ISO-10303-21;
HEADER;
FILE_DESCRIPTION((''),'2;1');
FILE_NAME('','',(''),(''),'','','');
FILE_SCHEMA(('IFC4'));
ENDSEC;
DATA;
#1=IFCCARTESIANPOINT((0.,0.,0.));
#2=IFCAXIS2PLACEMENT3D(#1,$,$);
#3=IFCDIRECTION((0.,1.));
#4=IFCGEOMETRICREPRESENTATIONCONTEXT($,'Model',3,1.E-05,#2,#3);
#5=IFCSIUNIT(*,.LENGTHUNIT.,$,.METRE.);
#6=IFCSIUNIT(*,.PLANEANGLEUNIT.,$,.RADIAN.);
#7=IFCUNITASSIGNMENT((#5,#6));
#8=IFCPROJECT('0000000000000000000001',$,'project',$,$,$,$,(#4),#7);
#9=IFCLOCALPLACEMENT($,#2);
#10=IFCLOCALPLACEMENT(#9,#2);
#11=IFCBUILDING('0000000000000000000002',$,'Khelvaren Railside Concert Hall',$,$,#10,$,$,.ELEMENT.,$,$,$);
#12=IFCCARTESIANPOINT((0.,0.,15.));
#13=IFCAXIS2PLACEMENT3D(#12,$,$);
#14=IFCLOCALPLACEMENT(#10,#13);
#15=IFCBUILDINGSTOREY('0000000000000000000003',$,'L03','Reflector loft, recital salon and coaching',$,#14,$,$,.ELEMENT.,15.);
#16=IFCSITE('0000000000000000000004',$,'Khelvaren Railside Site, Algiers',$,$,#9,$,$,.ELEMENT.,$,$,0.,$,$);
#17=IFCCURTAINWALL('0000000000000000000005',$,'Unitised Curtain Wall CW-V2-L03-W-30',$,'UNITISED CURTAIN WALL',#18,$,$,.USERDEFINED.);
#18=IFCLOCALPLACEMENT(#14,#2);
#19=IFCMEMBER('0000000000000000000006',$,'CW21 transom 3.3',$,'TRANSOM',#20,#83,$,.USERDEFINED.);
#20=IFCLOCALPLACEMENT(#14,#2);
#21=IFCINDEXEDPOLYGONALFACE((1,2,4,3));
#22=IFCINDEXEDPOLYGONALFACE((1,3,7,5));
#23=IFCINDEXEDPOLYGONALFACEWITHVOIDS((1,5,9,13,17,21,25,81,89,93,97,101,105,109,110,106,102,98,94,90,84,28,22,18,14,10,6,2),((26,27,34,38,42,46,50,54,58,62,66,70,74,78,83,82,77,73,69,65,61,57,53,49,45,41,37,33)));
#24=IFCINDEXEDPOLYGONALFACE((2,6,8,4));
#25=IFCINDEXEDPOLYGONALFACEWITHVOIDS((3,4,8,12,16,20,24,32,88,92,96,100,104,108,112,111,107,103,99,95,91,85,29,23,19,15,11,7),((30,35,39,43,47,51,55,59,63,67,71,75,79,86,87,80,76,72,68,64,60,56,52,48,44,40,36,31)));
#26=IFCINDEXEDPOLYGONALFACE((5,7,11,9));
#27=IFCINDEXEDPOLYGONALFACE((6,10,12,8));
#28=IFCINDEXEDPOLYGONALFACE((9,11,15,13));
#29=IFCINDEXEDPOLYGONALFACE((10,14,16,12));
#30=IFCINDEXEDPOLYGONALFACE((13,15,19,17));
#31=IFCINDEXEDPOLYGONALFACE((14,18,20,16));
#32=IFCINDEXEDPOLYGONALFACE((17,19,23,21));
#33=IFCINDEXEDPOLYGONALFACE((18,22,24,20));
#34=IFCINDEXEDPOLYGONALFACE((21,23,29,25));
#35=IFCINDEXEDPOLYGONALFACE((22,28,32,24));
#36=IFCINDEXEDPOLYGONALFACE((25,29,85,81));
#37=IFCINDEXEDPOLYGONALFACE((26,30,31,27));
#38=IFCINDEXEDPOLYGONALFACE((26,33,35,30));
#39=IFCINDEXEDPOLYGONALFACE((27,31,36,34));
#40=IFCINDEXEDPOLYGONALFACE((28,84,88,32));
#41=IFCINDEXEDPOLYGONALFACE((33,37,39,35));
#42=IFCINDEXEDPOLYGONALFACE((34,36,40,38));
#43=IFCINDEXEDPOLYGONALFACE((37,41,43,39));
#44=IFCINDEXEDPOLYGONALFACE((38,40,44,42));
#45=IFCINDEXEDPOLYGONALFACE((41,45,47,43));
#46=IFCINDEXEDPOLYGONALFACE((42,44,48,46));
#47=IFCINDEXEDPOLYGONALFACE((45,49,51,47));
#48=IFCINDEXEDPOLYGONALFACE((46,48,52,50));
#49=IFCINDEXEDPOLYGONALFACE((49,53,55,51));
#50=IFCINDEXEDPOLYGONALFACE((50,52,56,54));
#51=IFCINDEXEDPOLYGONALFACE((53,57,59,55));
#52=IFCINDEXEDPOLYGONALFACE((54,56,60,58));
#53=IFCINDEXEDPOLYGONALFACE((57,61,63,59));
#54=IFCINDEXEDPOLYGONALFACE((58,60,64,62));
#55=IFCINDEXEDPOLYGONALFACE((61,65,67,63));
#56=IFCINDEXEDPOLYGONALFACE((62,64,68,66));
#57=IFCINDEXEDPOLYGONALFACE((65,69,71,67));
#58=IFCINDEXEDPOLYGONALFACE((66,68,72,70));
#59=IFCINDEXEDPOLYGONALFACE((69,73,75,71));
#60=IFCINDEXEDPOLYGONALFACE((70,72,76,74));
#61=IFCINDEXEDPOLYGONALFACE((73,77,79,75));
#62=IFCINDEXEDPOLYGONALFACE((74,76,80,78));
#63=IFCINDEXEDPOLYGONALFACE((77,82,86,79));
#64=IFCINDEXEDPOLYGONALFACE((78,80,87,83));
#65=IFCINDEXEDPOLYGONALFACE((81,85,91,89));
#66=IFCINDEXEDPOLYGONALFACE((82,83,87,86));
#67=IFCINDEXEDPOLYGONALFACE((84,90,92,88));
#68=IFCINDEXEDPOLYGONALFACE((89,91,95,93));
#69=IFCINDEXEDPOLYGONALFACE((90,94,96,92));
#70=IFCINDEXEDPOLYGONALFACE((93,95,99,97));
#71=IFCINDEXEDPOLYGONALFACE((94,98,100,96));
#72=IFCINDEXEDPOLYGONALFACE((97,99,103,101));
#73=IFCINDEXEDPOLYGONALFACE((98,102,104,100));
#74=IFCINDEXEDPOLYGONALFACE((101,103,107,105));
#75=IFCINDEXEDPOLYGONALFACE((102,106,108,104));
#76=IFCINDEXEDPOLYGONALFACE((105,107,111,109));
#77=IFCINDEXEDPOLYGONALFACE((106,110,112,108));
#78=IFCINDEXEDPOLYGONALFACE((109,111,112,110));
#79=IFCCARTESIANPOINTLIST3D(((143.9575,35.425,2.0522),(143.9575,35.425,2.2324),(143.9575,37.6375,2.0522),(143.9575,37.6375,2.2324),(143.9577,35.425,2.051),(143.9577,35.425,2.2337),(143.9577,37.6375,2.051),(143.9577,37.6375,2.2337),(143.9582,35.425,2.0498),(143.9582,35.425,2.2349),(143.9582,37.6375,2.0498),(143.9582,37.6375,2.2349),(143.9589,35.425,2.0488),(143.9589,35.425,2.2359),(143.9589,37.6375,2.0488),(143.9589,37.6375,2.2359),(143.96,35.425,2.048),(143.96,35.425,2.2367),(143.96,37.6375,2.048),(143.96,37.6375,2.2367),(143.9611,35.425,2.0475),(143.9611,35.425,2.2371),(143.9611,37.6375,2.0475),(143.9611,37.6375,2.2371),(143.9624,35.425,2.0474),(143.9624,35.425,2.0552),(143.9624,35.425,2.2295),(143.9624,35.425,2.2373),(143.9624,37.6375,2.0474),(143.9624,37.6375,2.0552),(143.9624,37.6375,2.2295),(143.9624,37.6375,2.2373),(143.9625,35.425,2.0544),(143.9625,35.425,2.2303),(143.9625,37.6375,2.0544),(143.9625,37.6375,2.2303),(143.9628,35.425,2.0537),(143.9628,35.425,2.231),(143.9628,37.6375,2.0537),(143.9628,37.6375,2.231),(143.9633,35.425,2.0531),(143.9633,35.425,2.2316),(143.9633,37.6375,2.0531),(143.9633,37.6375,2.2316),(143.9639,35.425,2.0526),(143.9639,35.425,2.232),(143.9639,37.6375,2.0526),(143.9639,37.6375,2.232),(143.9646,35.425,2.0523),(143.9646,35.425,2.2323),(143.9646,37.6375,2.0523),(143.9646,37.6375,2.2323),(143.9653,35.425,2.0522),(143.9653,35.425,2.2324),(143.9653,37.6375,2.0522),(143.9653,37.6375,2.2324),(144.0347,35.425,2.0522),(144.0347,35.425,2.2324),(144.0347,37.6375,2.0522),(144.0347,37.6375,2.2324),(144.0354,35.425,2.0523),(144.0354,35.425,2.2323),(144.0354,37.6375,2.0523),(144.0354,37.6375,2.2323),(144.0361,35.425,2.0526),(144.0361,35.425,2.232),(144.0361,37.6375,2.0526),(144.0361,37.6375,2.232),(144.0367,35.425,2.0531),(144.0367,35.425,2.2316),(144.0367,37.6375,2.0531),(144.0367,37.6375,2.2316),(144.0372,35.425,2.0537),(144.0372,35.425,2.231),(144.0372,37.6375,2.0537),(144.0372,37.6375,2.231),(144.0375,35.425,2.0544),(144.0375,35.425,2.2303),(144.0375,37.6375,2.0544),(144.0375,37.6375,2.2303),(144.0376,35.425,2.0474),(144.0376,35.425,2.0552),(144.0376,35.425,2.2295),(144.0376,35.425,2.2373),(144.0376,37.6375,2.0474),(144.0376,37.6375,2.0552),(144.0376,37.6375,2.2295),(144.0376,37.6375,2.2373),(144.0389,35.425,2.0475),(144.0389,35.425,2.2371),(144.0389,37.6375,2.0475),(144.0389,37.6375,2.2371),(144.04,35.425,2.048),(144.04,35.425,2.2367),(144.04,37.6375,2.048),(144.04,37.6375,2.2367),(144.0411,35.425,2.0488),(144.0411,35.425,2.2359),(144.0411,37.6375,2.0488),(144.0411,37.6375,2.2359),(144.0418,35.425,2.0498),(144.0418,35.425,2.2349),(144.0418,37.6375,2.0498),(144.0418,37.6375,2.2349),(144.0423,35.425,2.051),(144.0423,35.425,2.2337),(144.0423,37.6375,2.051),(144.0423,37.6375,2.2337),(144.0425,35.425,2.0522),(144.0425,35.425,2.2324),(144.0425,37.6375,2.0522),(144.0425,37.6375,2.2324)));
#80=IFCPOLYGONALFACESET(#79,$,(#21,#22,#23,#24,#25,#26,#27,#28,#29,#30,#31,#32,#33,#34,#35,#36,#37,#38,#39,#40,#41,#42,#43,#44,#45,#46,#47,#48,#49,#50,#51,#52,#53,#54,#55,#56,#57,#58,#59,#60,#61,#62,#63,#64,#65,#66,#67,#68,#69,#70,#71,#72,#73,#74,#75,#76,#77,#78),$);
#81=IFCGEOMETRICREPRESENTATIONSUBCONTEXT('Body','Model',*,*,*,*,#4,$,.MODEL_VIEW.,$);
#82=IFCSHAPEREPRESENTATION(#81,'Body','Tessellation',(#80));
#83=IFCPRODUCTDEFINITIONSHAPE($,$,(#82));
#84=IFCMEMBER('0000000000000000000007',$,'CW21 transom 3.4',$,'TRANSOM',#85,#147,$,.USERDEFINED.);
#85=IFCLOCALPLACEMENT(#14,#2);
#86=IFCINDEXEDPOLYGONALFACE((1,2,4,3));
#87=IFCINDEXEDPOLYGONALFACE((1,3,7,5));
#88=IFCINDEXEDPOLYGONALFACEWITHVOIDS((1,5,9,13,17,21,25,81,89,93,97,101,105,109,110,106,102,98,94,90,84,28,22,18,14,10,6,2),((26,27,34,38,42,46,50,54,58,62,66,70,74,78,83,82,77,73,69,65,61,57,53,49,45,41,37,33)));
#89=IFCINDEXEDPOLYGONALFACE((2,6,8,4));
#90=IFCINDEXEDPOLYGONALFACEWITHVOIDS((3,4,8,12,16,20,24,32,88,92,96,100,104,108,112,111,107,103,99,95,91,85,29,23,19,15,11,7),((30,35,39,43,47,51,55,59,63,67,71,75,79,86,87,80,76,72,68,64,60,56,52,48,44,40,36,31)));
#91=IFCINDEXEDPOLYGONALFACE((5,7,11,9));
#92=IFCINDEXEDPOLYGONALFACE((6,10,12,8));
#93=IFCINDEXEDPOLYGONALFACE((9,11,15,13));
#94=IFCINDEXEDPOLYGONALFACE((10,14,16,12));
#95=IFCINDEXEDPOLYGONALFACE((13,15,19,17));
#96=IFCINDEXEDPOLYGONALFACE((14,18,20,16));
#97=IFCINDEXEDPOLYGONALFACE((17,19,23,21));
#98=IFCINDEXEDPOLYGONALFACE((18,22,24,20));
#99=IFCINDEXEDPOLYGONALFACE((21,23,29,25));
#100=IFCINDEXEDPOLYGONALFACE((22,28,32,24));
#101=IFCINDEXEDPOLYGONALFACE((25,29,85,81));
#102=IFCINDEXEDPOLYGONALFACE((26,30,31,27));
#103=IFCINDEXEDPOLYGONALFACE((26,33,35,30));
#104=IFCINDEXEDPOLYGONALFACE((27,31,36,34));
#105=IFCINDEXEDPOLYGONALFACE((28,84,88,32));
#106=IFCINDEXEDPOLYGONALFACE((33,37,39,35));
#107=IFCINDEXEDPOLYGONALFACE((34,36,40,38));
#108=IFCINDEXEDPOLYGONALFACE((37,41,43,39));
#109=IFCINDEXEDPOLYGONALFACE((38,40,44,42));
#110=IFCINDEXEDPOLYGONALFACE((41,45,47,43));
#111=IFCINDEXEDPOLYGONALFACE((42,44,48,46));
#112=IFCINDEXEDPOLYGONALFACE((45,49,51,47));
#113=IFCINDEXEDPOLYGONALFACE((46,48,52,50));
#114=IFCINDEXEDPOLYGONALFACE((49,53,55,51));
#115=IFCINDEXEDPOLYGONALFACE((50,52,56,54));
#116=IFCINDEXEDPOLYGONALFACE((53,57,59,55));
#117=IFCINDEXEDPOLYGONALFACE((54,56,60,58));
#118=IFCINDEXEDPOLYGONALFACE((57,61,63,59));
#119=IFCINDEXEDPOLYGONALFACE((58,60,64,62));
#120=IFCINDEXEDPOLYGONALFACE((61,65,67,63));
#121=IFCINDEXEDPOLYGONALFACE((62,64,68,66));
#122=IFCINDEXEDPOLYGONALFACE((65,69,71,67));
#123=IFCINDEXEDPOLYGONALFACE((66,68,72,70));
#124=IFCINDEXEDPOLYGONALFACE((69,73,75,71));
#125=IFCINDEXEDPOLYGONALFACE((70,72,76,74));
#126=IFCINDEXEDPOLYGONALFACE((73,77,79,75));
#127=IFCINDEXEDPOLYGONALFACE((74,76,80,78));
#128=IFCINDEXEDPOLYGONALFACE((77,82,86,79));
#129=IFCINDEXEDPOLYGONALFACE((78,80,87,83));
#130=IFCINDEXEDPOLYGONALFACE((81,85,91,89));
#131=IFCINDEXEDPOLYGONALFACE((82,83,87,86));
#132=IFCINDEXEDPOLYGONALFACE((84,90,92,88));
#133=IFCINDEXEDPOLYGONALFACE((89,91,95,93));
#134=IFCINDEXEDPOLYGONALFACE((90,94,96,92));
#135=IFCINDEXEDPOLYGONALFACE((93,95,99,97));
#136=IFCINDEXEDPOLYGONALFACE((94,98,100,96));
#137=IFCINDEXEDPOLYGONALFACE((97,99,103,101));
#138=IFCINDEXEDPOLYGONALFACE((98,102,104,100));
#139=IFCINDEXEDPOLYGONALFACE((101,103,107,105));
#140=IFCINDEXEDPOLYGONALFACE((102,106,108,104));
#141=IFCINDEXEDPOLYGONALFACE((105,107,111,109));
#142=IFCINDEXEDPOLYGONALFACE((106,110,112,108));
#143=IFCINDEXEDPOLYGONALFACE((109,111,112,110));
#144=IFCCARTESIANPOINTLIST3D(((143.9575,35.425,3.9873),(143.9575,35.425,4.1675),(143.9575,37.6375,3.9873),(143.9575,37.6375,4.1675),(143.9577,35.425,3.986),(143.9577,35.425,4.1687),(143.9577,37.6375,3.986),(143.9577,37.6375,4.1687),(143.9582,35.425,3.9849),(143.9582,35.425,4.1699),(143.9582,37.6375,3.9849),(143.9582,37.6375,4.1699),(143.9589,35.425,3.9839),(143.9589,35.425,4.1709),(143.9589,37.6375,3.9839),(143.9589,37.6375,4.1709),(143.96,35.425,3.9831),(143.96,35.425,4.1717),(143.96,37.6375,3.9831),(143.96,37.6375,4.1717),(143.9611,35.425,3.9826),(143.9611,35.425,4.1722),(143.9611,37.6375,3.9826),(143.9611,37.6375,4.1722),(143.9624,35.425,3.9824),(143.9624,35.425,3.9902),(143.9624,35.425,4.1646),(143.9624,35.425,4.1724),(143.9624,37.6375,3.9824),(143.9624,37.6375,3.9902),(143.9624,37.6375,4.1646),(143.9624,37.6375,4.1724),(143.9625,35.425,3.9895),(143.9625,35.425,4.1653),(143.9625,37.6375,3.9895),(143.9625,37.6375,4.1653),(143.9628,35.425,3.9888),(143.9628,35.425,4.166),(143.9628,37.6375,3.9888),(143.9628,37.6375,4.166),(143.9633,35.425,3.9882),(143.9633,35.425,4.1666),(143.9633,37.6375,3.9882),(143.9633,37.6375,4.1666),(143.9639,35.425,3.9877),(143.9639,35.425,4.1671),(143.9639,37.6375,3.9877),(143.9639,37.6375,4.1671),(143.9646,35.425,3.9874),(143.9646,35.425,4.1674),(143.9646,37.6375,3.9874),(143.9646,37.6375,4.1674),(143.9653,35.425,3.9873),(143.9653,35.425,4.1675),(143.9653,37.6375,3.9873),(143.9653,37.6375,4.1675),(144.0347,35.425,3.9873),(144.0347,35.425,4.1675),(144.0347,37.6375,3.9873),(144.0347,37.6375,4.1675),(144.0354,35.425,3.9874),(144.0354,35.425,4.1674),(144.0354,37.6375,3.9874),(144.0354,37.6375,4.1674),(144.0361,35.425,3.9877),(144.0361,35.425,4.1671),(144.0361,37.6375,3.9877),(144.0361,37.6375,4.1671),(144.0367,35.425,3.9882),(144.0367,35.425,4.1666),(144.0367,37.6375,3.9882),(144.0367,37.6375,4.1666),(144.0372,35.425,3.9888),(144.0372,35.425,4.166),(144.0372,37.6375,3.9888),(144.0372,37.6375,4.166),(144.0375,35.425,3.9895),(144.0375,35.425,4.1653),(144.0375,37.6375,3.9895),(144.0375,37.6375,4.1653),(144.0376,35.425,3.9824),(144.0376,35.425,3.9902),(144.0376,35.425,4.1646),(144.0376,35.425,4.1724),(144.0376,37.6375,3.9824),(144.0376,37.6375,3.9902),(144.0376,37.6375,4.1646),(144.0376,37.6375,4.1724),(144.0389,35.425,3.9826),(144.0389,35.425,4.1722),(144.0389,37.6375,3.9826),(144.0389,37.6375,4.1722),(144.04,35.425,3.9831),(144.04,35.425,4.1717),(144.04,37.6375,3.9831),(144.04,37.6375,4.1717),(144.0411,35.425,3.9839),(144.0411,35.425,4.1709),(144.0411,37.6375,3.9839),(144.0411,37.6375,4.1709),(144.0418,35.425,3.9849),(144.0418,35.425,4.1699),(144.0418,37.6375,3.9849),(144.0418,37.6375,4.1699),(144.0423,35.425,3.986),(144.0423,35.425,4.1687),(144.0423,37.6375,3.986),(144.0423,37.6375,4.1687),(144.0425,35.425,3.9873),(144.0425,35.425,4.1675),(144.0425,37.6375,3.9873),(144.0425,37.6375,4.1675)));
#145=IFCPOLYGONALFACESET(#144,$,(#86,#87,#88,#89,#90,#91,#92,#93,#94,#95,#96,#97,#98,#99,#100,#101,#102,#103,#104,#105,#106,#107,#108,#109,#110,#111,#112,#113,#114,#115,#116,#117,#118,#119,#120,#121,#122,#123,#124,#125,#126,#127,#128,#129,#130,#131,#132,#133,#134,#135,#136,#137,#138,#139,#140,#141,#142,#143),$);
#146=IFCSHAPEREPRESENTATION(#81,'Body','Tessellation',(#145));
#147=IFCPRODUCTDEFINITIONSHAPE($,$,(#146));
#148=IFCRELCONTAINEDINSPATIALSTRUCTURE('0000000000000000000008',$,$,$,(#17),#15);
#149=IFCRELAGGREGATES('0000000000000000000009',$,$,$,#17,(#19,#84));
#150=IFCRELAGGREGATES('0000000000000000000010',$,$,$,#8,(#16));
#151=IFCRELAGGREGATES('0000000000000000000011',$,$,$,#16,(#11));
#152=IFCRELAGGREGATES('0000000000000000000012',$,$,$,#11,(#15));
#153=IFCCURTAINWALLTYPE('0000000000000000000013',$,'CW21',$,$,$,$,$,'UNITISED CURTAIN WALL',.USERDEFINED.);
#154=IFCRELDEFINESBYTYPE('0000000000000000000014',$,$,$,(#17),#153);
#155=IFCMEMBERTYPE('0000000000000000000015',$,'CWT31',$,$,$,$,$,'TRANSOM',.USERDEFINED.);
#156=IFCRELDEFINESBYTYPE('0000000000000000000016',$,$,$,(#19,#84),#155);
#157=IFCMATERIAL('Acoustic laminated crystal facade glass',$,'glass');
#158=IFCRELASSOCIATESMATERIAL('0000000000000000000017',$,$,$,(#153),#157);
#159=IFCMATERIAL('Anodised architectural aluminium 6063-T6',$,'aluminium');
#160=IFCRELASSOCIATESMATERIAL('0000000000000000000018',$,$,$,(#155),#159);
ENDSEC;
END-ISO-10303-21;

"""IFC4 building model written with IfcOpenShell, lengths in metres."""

from ifc_helpers import new_model, si_unit, direction, frame, origin, origin_2d, place, context, subcontext, project, spatial, hollow_rectangle, extrude, material, material_profile, profile_set, type_object, element, aggregate, save


model = new_model("IFC4")

# Units and contexts
model_context = context("Model", 3, precision=1e-05, world=origin(), true_north=direction((0.0, 1.0)))
body_context = subcontext(model_context, "Body", "Model", "MODEL_VIEW")
ifc_project = project(units=[si_unit("LENGTHUNIT", "METRE"), si_unit("PLANEANGLEUNIT", "RADIAN")], contexts=[model_context])

# Site, building, storey
site_placement = place(None, origin())
site = spatial("IfcSite", under=ifc_project, at=site_placement, Name="Khelvaren Railside Site, Algiers", CompositionType="ELEMENT", RefElevation=0.0)
building_placement = place(site_placement, origin())
building = spatial("IfcBuilding", under=site, at=building_placement, Name="Khelvaren Railside Concert Hall", CompositionType="ELEMENT")
storey_placement = place(building_placement, frame((0.0, 0.0, 15.0)))
storey = spatial("IfcBuildingStorey", under=building, at=storey_placement, Name="L03", Description="Reflector loft, recital salon and coaching", CompositionType="ELEMENT", Elevation=15.0)

# Shared definitions
ifc_material_1 = material(Name="Anodised architectural aluminium 6063-T6", Category="aluminium")

# Curtain wall, members
ifc_material_2 = material(Name="Acoustic laminated crystal facade glass", Category="glass")
curtain_wall_type_1 = type_object("IfcCurtainWallType", Name="CW21", ElementType="UNITISED CURTAIN WALL", PredefinedType="USERDEFINED", material=ifc_material_2)
curtain_wall_1_placement = place(storey_placement, origin())
curtain_wall_1 = element("IfcCurtainWall", 1, at=curtain_wall_1_placement, inside=storey, type_object=curtain_wall_type_1, Name="Unitised Curtain Wall CW-V2-L03-W-30", ObjectType="UNITISED CURTAIN WALL", PredefinedType="USERDEFINED")
ifc_material_profile_1 = material_profile(ifc_material_1, hollow_rectangle(XDim=0.085, YDim=0.1899, WallThickness=0.0049, InnerFilletRadius=0.0029, OuterFilletRadius=0.0049, at=origin_2d()), Name="CWT 85x190x5")
ifc_profile_set_1 = profile_set([ifc_material_profile_1], Name="Anodised architectural aluminium 6063-T6")
member_type_1 = type_object("IfcMemberType", Name="CWT31", ElementType="TRANSOM", PredefinedType="USERDEFINED", material=ifc_profile_set_1)
member_1_placement = place(storey_placement, frame((144.0, 35.425, 2.1423), z_axis=(0.0, 1.0, 0.0), x_axis=(-1.0, 0.0, 0.0)))
member_1 = element("IfcMember", 2, at=member_1_placement, type_object=member_type_1, Name="CW21 transom 3.3", ObjectType="TRANSOM", PredefinedType="USERDEFINED", context=body_context, shape_type="SweptSolid", body=[
    extrude(hollow_rectangle(XDim=0.085, YDim=0.1899, WallThickness=0.0049, InnerFilletRadius=0.0029, OuterFilletRadius=0.0049, at=origin_2d()), origin(), (0.0, 0.0, 1.0), 2.2124),
])
member_2_placement = place(storey_placement, frame((144.0, 35.425, 4.0774), z_axis=(0.0, 1.0, 0.0), x_axis=(-1.0, 0.0, 0.0)))
member_2 = element("IfcMember", 3, at=member_2_placement, type_object=member_type_1, Name="CW21 transom 3.4", ObjectType="TRANSOM", PredefinedType="USERDEFINED", context=body_context, shape_type="SweptSolid", body=[
    extrude(hollow_rectangle(XDim=0.085, YDim=0.1899, WallThickness=0.0049, InnerFilletRadius=0.0029, OuterFilletRadius=0.0049, at=origin_2d()), origin(), (0.0, 0.0, 1.0), 2.2124),
])

aggregate(curtain_wall_1, [member_1, member_2])

save(model, "model.ifc")
